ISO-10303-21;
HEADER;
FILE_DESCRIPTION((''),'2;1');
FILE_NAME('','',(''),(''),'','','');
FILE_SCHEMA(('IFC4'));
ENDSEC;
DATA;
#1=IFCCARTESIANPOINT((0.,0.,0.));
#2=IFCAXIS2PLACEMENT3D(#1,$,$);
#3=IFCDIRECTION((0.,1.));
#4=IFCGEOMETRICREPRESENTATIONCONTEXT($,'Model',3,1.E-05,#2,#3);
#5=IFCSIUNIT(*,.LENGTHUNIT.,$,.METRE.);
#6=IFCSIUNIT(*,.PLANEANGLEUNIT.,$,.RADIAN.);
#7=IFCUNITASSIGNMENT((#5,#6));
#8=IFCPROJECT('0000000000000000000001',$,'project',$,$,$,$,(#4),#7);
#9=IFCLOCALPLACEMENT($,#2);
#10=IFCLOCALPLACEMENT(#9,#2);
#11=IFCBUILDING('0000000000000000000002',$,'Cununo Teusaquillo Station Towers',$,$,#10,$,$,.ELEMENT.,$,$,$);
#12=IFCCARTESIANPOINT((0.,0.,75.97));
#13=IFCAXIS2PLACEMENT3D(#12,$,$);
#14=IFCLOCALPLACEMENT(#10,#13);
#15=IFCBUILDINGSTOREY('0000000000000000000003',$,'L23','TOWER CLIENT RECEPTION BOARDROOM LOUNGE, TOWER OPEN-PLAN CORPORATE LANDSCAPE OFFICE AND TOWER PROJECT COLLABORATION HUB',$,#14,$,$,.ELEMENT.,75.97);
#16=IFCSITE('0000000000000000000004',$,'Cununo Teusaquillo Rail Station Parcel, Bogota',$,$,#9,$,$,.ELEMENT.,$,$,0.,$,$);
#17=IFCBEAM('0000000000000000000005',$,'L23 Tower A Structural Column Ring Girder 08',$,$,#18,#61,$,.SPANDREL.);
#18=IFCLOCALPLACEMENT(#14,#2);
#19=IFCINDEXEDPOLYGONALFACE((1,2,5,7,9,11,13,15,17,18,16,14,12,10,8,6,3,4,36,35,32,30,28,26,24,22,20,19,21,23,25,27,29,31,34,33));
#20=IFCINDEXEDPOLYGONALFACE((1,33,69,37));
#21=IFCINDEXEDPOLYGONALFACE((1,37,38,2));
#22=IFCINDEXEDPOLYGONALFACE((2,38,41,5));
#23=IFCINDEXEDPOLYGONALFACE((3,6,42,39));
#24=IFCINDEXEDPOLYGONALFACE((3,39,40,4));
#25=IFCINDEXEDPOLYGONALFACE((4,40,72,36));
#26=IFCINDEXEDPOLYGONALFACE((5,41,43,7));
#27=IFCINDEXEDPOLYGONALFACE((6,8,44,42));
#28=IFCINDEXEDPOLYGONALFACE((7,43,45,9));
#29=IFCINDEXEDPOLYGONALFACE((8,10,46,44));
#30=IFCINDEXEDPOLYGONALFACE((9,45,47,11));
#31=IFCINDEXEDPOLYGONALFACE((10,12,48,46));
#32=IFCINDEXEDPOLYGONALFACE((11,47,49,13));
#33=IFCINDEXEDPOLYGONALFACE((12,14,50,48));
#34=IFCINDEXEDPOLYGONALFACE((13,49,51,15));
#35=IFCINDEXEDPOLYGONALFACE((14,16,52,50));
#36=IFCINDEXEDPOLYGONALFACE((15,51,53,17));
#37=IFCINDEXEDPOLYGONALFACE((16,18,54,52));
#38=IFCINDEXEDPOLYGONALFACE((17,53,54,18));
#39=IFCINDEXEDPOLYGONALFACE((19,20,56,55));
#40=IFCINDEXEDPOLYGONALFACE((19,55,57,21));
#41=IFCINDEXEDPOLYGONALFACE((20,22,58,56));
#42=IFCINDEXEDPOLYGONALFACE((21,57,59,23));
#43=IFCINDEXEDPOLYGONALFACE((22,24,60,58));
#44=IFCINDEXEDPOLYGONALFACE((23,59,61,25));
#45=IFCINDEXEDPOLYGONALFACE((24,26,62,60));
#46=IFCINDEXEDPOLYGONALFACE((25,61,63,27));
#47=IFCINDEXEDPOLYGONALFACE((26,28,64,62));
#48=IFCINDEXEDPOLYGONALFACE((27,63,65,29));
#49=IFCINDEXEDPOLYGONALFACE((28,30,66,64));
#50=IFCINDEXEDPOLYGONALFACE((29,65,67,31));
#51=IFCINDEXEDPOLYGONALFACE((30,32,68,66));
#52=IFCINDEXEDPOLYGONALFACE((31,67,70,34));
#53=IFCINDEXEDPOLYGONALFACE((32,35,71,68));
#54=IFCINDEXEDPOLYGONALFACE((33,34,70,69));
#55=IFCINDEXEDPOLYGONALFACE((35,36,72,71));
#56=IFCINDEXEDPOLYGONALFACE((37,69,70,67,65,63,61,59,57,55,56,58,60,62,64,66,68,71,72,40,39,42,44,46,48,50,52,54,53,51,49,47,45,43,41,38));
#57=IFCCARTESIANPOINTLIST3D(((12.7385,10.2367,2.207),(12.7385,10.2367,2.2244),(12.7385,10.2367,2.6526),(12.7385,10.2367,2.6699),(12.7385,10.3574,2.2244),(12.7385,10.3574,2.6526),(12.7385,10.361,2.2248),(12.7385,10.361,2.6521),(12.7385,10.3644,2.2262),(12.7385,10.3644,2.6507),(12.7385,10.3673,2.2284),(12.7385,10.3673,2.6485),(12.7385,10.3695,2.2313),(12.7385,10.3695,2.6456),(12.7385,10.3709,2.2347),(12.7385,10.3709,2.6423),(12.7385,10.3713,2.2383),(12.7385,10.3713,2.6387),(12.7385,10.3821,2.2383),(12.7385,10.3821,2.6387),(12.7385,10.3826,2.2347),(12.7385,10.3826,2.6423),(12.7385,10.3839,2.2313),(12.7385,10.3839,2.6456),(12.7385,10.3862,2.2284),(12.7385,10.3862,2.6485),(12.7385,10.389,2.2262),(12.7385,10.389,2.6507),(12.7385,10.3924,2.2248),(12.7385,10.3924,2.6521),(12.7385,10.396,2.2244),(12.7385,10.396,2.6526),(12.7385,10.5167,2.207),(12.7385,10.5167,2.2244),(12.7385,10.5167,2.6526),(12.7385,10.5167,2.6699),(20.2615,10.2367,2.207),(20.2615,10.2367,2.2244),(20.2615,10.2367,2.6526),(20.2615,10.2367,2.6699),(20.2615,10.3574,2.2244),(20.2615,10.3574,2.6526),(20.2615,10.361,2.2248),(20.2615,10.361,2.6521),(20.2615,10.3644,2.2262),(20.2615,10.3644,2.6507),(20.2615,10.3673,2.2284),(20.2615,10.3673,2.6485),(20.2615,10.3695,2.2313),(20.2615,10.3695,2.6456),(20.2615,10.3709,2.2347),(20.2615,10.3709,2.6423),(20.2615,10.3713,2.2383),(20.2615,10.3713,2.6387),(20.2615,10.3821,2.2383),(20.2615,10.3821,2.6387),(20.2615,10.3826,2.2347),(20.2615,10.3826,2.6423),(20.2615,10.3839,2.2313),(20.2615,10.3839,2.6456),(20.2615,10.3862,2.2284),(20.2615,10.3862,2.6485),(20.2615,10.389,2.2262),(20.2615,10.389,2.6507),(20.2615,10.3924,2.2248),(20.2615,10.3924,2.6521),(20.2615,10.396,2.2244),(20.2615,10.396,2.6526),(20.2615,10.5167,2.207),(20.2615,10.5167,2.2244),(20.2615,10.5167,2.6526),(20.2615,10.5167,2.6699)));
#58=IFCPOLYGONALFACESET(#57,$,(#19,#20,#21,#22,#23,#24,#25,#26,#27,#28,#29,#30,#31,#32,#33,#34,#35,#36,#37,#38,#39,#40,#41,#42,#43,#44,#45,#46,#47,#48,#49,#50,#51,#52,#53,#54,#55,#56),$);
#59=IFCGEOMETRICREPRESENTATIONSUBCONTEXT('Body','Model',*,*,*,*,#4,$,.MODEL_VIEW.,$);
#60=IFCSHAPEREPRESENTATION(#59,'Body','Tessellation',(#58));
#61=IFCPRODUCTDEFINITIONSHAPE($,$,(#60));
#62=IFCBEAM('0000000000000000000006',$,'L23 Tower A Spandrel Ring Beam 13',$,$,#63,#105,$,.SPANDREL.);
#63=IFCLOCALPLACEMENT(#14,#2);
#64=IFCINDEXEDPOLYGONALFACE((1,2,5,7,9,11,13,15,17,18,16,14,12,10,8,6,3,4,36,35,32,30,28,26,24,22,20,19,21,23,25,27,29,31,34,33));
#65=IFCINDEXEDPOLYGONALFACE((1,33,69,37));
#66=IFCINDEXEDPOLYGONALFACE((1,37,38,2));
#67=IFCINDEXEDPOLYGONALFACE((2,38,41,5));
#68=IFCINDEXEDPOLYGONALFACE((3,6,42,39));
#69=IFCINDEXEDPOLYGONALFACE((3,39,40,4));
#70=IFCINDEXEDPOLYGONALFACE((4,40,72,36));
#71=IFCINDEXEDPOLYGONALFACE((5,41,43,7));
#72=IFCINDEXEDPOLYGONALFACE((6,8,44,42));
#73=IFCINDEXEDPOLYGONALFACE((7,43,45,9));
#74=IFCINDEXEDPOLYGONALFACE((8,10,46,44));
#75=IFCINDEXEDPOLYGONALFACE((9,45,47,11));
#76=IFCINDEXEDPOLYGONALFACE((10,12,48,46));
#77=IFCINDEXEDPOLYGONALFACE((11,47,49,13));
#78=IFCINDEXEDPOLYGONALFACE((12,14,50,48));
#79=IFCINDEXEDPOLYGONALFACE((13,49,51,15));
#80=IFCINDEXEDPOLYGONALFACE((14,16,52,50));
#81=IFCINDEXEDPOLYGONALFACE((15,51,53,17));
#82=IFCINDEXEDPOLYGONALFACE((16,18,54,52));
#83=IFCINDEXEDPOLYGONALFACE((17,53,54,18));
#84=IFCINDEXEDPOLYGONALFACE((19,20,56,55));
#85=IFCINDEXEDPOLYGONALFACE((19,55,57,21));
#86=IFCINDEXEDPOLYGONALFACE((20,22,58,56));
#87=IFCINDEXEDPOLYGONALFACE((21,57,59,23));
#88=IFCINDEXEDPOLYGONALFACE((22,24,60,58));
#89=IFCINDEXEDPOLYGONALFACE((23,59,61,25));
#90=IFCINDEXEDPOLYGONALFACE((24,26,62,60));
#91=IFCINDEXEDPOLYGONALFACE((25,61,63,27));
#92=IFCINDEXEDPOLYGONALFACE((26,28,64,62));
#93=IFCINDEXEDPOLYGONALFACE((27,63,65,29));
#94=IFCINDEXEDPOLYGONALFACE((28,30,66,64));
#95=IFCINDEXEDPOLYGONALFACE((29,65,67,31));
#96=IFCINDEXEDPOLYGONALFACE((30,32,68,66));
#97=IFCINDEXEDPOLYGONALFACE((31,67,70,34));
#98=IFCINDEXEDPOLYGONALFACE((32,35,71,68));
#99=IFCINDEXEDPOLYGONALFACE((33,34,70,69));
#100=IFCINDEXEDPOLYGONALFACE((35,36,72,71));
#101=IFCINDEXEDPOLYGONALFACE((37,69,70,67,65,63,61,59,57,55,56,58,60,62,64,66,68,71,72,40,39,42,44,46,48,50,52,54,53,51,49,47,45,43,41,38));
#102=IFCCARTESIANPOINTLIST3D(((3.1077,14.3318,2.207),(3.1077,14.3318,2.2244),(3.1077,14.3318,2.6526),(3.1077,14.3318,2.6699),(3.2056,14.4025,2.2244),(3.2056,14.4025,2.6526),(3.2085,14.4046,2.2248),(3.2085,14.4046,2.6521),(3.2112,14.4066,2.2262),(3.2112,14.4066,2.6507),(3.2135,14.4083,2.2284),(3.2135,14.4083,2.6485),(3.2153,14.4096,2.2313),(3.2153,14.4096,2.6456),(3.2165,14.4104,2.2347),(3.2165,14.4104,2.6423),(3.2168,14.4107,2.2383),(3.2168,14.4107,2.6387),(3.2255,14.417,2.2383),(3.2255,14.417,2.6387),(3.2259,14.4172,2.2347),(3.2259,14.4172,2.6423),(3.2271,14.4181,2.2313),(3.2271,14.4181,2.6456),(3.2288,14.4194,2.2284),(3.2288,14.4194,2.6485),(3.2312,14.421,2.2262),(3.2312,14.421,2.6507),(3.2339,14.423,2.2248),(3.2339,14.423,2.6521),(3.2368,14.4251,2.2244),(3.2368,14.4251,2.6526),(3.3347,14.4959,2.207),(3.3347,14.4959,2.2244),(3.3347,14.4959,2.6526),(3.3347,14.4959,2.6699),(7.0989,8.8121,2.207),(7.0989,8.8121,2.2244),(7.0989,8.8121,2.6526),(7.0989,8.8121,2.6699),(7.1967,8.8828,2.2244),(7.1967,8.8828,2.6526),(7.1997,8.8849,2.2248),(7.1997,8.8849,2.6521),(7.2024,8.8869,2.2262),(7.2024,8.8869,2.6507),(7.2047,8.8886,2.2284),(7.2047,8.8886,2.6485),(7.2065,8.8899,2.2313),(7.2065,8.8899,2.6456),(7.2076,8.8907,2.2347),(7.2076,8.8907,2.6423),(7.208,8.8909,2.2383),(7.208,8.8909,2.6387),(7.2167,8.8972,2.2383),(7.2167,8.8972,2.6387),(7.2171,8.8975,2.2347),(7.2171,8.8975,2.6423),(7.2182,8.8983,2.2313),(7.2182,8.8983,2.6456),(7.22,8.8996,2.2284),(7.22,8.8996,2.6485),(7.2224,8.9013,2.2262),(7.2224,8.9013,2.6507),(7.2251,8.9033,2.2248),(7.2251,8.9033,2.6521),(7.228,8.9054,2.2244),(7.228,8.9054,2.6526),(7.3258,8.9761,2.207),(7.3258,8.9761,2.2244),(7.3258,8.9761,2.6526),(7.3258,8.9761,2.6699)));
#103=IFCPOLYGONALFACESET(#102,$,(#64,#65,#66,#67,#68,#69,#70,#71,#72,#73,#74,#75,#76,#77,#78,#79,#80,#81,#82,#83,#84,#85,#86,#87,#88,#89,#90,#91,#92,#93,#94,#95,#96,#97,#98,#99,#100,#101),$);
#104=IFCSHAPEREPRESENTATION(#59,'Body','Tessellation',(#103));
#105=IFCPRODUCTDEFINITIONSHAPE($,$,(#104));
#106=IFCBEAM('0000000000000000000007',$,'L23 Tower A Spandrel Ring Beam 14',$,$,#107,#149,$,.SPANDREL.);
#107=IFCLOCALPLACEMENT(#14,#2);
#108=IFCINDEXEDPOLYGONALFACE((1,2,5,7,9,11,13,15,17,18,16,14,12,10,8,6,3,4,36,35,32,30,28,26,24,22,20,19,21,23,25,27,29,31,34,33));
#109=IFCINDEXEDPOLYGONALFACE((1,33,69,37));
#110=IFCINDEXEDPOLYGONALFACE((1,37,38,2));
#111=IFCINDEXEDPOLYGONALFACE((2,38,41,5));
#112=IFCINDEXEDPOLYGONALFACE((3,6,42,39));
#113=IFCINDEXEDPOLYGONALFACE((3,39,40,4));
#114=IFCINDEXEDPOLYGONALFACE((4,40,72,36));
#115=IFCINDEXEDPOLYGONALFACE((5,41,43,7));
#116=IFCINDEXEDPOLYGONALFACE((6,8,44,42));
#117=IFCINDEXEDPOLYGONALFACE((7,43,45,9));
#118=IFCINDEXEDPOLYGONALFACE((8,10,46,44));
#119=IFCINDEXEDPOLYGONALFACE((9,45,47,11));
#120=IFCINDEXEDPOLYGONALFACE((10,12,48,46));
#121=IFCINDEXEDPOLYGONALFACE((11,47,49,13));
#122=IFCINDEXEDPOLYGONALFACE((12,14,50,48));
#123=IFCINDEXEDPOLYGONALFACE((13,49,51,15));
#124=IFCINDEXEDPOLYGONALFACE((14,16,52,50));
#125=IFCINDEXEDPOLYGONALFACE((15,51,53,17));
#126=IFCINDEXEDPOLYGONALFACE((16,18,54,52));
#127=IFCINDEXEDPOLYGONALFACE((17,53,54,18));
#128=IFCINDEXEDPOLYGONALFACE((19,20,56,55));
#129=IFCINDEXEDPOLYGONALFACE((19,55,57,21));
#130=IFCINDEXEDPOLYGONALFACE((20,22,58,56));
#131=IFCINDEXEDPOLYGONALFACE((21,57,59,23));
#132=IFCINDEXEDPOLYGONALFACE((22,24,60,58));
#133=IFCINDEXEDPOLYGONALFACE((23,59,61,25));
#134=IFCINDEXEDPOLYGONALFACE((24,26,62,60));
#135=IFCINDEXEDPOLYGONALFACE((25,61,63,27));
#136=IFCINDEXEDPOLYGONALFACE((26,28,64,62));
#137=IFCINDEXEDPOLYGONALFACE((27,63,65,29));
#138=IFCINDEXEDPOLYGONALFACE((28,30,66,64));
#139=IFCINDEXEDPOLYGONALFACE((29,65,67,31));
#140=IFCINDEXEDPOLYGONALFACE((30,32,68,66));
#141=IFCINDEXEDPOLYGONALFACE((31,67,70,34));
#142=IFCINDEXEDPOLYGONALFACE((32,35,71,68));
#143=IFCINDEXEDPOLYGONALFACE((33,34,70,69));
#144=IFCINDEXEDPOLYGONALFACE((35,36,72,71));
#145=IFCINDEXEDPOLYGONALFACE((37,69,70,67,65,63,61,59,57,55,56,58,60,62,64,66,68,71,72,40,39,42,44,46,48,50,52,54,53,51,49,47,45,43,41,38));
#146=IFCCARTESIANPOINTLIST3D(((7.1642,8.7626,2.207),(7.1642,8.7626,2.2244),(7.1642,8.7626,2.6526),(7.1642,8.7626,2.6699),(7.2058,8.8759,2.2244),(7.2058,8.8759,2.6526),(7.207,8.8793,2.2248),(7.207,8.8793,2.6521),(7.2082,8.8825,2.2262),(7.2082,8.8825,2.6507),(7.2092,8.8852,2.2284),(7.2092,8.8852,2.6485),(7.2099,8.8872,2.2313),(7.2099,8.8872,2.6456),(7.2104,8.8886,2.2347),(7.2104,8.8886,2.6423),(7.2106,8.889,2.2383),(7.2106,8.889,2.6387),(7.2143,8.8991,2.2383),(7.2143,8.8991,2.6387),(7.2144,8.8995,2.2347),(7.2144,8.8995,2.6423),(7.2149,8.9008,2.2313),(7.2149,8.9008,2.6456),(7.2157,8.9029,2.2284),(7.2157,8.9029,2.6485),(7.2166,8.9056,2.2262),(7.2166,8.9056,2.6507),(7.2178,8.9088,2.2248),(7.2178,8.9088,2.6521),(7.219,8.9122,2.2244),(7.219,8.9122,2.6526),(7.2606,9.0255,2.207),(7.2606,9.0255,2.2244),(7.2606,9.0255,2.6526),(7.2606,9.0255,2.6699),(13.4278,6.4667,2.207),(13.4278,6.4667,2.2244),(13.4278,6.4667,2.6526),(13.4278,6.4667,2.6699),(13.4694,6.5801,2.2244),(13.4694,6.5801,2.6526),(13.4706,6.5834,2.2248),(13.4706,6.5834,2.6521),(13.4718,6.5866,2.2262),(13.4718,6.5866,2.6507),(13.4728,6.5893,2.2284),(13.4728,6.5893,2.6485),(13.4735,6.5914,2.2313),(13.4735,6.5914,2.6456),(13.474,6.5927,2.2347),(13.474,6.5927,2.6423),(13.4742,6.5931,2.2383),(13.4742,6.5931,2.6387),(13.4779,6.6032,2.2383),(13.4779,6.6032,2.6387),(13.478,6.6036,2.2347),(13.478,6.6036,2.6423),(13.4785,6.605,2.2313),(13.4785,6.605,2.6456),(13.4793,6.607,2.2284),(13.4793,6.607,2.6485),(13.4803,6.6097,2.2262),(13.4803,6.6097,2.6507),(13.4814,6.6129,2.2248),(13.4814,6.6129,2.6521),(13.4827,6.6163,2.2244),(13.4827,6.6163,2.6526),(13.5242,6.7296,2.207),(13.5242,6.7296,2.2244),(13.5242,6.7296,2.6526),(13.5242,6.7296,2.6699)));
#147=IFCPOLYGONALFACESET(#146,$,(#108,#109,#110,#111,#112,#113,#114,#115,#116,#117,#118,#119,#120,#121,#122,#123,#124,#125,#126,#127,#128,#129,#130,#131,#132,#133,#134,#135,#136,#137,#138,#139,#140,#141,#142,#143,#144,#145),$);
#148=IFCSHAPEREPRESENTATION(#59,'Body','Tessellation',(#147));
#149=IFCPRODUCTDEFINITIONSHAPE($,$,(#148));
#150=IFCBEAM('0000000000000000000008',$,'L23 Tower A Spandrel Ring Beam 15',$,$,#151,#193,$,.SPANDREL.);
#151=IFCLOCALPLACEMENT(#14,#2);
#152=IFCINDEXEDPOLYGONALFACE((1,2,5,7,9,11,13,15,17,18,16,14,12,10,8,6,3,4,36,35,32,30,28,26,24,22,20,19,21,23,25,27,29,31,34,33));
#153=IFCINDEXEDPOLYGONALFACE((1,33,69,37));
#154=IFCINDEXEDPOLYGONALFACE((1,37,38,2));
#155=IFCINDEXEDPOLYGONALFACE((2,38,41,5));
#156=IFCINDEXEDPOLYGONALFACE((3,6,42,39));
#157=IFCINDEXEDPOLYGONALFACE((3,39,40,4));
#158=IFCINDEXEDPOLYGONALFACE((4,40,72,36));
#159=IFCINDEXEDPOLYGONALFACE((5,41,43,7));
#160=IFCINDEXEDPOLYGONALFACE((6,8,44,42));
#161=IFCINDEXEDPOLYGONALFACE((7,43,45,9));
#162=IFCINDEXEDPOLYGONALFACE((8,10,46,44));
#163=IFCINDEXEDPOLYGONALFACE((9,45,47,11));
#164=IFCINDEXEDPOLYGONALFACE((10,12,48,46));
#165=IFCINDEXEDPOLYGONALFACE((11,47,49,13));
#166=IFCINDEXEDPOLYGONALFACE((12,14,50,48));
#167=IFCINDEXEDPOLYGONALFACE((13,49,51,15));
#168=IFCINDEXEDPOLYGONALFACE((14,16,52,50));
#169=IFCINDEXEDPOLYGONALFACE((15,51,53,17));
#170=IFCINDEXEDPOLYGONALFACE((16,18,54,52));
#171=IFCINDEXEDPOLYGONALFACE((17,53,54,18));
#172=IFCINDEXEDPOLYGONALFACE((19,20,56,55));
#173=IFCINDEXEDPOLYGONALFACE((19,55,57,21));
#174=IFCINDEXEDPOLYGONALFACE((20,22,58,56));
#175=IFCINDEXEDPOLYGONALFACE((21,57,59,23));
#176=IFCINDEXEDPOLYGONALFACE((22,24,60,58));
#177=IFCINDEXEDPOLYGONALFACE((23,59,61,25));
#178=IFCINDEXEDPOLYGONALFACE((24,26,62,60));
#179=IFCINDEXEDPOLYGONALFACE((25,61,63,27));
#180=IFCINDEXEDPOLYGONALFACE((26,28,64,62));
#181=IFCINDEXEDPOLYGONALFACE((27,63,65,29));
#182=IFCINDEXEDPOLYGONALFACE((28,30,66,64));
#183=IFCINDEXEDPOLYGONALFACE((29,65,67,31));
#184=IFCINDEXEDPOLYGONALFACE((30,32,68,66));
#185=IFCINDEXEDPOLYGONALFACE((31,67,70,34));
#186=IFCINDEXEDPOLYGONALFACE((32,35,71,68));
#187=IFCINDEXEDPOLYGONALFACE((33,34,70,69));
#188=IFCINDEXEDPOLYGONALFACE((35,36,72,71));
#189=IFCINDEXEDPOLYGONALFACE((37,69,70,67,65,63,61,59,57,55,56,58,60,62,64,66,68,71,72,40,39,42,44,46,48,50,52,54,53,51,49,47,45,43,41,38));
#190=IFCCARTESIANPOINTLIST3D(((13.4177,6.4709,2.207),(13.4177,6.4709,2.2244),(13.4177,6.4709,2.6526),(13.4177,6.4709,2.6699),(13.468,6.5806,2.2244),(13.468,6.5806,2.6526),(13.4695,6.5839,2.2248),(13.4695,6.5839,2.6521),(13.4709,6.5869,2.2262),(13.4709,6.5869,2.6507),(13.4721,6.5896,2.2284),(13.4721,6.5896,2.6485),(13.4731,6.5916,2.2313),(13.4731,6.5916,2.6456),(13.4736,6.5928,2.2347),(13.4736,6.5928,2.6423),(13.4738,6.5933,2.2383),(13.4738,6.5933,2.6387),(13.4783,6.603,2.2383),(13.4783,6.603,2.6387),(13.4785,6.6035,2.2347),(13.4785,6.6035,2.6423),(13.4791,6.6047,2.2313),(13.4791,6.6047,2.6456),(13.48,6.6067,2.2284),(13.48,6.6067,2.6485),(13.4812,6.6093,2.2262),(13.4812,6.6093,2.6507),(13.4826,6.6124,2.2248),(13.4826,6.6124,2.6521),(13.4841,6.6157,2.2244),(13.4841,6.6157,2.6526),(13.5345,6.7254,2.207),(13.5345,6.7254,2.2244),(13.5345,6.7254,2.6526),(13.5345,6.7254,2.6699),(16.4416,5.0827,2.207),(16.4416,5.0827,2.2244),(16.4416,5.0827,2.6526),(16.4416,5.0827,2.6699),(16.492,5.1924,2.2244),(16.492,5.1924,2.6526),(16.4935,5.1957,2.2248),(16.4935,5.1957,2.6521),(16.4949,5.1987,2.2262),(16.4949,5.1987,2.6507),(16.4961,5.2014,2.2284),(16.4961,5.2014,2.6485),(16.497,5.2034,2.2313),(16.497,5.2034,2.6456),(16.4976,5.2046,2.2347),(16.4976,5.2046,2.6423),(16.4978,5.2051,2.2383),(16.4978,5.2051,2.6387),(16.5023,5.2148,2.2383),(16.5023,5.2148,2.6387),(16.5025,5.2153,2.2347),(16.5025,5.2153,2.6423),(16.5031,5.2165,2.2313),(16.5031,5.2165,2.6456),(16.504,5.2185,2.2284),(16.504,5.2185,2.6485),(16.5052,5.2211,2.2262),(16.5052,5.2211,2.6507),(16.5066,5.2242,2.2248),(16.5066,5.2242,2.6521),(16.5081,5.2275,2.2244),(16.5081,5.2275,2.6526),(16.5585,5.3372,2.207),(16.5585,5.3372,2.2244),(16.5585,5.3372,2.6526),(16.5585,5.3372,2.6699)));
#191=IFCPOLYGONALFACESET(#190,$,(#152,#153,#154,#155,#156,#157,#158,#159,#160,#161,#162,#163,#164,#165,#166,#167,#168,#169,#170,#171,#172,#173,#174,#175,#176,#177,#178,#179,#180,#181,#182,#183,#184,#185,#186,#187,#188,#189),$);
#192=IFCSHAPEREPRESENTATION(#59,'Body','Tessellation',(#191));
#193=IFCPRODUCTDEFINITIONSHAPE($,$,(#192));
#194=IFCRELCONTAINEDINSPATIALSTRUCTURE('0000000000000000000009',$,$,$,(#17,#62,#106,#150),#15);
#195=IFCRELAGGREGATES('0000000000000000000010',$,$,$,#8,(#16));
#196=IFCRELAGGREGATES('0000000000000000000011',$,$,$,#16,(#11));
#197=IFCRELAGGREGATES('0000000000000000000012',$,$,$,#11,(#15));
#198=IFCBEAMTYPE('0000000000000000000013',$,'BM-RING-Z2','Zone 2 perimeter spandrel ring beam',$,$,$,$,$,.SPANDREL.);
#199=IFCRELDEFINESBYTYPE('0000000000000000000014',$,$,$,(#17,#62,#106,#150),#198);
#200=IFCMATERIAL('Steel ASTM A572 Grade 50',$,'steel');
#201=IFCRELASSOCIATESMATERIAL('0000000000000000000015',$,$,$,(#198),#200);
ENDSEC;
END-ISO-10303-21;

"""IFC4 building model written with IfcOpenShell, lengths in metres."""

from ifc_helpers import new_model, si_unit, direction, frame, origin, origin_2d, place, context, subcontext, project, spatial, i_section, extrude, material, material_profile, profile_set, type_object, element, save


model = new_model("IFC4")

# Units and contexts
model_context = context("Model", 3, precision=1e-05, world=origin(), true_north=direction((0.0, 1.0)))
body_context = subcontext(model_context, "Body", "Model", "MODEL_VIEW")
ifc_project = project(units=[si_unit("LENGTHUNIT", "METRE"), si_unit("PLANEANGLEUNIT", "RADIAN")], contexts=[model_context])

# Site, building, storey
site_placement = place(None, origin())
site = spatial("IfcSite", under=ifc_project, at=site_placement, Name="Cununo Teusaquillo Rail Station Parcel, Bogota", CompositionType="ELEMENT", RefElevation=0.0)
building_placement = place(site_placement, origin())
building = spatial("IfcBuilding", under=site, at=building_placement, Name="Cununo Teusaquillo Station Towers", CompositionType="ELEMENT")
storey_placement = place(building_placement, frame((0.0, 0.0, 75.97)))
storey = spatial("IfcBuildingStorey", under=building, at=storey_placement, Name="L23", Description="TOWER CLIENT RECEPTION BOARDROOM LOUNGE, TOWER OPEN-PLAN CORPORATE LANDSCAPE OFFICE AND TOWER PROJECT COLLABORATION HUB", CompositionType="ELEMENT", Elevation=75.97)

# Beams
ifc_material_1 = material(Name="Steel ASTM A572 Grade 50", Category="steel")
ifc_material_profile_1 = material_profile(ifc_material_1, i_section(OverallWidth=0.28, OverallDepth=0.4629, WebThickness=0.0107, FlangeThickness=0.0173, FilletRadius=0.0139, at=origin_2d()), Name="W18X76")
ifc_profile_set_1 = profile_set([ifc_material_profile_1], Name="Steel ASTM A572 Grade 50")
beam_type_1 = type_object("IfcBeamType", Name="BM-RING-Z2", Description="Zone 2 perimeter spandrel ring beam", PredefinedType="SPANDREL", material=ifc_profile_set_1)
beam_1_placement = place(storey_placement, frame((12.7385, 10.3767, 2.4385), z_axis=(1.0, 0.0, 0.0), x_axis=(0.0, 1.0, 0.0)))
element("IfcBeam", 1, at=beam_1_placement, inside=storey, type_object=beam_type_1, Name="L23 Tower A Structural Column Ring Girder 08", PredefinedType="SPANDREL", context=body_context, shape_type="SweptSolid", body=[
    extrude(i_section(OverallWidth=0.28, OverallDepth=0.4629, WebThickness=0.0107, FlangeThickness=0.0173, FilletRadius=0.0139, at=origin_2d()), origin(), (0.0, 0.0, 1.0), 7.5229),
])
beam_2_placement = place(storey_placement, frame((3.2212, 14.4138, 2.4385), z_axis=(0.585945, -0.810351, 0.0), x_axis=(0.810351, 0.585945, 0.0)))
element("IfcBeam", 2, at=beam_2_placement, inside=storey, type_object=beam_type_1, Name="L23 Tower A Spandrel Ring Beam 13", PredefinedType="SPANDREL", context=body_context, shape_type="SweptSolid", body=[
    extrude(i_section(OverallWidth=0.28, OverallDepth=0.4629, WebThickness=0.0107, FlangeThickness=0.0173, FilletRadius=0.0139, at=origin_2d()), origin(), (0.0, 0.0, 1.0), 6.8115),
])
beam_3_placement = place(storey_placement, frame((7.2124, 8.894, 2.4385), z_axis=(0.938914, -0.344151, 0.0), x_axis=(0.344151, 0.938914, 0.0)))
element("IfcBeam", 3, at=beam_3_placement, inside=storey, type_object=beam_type_1, Name="L23 Tower A Spandrel Ring Beam 14", PredefinedType="SPANDREL", context=body_context, shape_type="SweptSolid", body=[
    extrude(i_section(OverallWidth=0.28, OverallDepth=0.4629, WebThickness=0.0107, FlangeThickness=0.0173, FilletRadius=0.0139, at=origin_2d()), origin(), (0.0, 0.0, 1.0), 6.6711),
])
beam_4_placement = place(storey_placement, frame((13.4761, 6.5981, 2.4385), z_axis=(0.908812, -0.417205, 0.0), x_axis=(0.417205, 0.908812, 0.0)))
element("IfcBeam", 4, at=beam_4_placement, inside=storey, type_object=beam_type_1, Name="L23 Tower A Spandrel Ring Beam 15", PredefinedType="SPANDREL", context=body_context, shape_type="SweptSolid", body=[
    extrude(i_section(OverallWidth=0.28, OverallDepth=0.4629, WebThickness=0.0107, FlangeThickness=0.0173, FilletRadius=0.0139, at=origin_2d()), origin(), (0.0, 0.0, 1.0), 3.3274),
])

save(model, "model.ifc")
